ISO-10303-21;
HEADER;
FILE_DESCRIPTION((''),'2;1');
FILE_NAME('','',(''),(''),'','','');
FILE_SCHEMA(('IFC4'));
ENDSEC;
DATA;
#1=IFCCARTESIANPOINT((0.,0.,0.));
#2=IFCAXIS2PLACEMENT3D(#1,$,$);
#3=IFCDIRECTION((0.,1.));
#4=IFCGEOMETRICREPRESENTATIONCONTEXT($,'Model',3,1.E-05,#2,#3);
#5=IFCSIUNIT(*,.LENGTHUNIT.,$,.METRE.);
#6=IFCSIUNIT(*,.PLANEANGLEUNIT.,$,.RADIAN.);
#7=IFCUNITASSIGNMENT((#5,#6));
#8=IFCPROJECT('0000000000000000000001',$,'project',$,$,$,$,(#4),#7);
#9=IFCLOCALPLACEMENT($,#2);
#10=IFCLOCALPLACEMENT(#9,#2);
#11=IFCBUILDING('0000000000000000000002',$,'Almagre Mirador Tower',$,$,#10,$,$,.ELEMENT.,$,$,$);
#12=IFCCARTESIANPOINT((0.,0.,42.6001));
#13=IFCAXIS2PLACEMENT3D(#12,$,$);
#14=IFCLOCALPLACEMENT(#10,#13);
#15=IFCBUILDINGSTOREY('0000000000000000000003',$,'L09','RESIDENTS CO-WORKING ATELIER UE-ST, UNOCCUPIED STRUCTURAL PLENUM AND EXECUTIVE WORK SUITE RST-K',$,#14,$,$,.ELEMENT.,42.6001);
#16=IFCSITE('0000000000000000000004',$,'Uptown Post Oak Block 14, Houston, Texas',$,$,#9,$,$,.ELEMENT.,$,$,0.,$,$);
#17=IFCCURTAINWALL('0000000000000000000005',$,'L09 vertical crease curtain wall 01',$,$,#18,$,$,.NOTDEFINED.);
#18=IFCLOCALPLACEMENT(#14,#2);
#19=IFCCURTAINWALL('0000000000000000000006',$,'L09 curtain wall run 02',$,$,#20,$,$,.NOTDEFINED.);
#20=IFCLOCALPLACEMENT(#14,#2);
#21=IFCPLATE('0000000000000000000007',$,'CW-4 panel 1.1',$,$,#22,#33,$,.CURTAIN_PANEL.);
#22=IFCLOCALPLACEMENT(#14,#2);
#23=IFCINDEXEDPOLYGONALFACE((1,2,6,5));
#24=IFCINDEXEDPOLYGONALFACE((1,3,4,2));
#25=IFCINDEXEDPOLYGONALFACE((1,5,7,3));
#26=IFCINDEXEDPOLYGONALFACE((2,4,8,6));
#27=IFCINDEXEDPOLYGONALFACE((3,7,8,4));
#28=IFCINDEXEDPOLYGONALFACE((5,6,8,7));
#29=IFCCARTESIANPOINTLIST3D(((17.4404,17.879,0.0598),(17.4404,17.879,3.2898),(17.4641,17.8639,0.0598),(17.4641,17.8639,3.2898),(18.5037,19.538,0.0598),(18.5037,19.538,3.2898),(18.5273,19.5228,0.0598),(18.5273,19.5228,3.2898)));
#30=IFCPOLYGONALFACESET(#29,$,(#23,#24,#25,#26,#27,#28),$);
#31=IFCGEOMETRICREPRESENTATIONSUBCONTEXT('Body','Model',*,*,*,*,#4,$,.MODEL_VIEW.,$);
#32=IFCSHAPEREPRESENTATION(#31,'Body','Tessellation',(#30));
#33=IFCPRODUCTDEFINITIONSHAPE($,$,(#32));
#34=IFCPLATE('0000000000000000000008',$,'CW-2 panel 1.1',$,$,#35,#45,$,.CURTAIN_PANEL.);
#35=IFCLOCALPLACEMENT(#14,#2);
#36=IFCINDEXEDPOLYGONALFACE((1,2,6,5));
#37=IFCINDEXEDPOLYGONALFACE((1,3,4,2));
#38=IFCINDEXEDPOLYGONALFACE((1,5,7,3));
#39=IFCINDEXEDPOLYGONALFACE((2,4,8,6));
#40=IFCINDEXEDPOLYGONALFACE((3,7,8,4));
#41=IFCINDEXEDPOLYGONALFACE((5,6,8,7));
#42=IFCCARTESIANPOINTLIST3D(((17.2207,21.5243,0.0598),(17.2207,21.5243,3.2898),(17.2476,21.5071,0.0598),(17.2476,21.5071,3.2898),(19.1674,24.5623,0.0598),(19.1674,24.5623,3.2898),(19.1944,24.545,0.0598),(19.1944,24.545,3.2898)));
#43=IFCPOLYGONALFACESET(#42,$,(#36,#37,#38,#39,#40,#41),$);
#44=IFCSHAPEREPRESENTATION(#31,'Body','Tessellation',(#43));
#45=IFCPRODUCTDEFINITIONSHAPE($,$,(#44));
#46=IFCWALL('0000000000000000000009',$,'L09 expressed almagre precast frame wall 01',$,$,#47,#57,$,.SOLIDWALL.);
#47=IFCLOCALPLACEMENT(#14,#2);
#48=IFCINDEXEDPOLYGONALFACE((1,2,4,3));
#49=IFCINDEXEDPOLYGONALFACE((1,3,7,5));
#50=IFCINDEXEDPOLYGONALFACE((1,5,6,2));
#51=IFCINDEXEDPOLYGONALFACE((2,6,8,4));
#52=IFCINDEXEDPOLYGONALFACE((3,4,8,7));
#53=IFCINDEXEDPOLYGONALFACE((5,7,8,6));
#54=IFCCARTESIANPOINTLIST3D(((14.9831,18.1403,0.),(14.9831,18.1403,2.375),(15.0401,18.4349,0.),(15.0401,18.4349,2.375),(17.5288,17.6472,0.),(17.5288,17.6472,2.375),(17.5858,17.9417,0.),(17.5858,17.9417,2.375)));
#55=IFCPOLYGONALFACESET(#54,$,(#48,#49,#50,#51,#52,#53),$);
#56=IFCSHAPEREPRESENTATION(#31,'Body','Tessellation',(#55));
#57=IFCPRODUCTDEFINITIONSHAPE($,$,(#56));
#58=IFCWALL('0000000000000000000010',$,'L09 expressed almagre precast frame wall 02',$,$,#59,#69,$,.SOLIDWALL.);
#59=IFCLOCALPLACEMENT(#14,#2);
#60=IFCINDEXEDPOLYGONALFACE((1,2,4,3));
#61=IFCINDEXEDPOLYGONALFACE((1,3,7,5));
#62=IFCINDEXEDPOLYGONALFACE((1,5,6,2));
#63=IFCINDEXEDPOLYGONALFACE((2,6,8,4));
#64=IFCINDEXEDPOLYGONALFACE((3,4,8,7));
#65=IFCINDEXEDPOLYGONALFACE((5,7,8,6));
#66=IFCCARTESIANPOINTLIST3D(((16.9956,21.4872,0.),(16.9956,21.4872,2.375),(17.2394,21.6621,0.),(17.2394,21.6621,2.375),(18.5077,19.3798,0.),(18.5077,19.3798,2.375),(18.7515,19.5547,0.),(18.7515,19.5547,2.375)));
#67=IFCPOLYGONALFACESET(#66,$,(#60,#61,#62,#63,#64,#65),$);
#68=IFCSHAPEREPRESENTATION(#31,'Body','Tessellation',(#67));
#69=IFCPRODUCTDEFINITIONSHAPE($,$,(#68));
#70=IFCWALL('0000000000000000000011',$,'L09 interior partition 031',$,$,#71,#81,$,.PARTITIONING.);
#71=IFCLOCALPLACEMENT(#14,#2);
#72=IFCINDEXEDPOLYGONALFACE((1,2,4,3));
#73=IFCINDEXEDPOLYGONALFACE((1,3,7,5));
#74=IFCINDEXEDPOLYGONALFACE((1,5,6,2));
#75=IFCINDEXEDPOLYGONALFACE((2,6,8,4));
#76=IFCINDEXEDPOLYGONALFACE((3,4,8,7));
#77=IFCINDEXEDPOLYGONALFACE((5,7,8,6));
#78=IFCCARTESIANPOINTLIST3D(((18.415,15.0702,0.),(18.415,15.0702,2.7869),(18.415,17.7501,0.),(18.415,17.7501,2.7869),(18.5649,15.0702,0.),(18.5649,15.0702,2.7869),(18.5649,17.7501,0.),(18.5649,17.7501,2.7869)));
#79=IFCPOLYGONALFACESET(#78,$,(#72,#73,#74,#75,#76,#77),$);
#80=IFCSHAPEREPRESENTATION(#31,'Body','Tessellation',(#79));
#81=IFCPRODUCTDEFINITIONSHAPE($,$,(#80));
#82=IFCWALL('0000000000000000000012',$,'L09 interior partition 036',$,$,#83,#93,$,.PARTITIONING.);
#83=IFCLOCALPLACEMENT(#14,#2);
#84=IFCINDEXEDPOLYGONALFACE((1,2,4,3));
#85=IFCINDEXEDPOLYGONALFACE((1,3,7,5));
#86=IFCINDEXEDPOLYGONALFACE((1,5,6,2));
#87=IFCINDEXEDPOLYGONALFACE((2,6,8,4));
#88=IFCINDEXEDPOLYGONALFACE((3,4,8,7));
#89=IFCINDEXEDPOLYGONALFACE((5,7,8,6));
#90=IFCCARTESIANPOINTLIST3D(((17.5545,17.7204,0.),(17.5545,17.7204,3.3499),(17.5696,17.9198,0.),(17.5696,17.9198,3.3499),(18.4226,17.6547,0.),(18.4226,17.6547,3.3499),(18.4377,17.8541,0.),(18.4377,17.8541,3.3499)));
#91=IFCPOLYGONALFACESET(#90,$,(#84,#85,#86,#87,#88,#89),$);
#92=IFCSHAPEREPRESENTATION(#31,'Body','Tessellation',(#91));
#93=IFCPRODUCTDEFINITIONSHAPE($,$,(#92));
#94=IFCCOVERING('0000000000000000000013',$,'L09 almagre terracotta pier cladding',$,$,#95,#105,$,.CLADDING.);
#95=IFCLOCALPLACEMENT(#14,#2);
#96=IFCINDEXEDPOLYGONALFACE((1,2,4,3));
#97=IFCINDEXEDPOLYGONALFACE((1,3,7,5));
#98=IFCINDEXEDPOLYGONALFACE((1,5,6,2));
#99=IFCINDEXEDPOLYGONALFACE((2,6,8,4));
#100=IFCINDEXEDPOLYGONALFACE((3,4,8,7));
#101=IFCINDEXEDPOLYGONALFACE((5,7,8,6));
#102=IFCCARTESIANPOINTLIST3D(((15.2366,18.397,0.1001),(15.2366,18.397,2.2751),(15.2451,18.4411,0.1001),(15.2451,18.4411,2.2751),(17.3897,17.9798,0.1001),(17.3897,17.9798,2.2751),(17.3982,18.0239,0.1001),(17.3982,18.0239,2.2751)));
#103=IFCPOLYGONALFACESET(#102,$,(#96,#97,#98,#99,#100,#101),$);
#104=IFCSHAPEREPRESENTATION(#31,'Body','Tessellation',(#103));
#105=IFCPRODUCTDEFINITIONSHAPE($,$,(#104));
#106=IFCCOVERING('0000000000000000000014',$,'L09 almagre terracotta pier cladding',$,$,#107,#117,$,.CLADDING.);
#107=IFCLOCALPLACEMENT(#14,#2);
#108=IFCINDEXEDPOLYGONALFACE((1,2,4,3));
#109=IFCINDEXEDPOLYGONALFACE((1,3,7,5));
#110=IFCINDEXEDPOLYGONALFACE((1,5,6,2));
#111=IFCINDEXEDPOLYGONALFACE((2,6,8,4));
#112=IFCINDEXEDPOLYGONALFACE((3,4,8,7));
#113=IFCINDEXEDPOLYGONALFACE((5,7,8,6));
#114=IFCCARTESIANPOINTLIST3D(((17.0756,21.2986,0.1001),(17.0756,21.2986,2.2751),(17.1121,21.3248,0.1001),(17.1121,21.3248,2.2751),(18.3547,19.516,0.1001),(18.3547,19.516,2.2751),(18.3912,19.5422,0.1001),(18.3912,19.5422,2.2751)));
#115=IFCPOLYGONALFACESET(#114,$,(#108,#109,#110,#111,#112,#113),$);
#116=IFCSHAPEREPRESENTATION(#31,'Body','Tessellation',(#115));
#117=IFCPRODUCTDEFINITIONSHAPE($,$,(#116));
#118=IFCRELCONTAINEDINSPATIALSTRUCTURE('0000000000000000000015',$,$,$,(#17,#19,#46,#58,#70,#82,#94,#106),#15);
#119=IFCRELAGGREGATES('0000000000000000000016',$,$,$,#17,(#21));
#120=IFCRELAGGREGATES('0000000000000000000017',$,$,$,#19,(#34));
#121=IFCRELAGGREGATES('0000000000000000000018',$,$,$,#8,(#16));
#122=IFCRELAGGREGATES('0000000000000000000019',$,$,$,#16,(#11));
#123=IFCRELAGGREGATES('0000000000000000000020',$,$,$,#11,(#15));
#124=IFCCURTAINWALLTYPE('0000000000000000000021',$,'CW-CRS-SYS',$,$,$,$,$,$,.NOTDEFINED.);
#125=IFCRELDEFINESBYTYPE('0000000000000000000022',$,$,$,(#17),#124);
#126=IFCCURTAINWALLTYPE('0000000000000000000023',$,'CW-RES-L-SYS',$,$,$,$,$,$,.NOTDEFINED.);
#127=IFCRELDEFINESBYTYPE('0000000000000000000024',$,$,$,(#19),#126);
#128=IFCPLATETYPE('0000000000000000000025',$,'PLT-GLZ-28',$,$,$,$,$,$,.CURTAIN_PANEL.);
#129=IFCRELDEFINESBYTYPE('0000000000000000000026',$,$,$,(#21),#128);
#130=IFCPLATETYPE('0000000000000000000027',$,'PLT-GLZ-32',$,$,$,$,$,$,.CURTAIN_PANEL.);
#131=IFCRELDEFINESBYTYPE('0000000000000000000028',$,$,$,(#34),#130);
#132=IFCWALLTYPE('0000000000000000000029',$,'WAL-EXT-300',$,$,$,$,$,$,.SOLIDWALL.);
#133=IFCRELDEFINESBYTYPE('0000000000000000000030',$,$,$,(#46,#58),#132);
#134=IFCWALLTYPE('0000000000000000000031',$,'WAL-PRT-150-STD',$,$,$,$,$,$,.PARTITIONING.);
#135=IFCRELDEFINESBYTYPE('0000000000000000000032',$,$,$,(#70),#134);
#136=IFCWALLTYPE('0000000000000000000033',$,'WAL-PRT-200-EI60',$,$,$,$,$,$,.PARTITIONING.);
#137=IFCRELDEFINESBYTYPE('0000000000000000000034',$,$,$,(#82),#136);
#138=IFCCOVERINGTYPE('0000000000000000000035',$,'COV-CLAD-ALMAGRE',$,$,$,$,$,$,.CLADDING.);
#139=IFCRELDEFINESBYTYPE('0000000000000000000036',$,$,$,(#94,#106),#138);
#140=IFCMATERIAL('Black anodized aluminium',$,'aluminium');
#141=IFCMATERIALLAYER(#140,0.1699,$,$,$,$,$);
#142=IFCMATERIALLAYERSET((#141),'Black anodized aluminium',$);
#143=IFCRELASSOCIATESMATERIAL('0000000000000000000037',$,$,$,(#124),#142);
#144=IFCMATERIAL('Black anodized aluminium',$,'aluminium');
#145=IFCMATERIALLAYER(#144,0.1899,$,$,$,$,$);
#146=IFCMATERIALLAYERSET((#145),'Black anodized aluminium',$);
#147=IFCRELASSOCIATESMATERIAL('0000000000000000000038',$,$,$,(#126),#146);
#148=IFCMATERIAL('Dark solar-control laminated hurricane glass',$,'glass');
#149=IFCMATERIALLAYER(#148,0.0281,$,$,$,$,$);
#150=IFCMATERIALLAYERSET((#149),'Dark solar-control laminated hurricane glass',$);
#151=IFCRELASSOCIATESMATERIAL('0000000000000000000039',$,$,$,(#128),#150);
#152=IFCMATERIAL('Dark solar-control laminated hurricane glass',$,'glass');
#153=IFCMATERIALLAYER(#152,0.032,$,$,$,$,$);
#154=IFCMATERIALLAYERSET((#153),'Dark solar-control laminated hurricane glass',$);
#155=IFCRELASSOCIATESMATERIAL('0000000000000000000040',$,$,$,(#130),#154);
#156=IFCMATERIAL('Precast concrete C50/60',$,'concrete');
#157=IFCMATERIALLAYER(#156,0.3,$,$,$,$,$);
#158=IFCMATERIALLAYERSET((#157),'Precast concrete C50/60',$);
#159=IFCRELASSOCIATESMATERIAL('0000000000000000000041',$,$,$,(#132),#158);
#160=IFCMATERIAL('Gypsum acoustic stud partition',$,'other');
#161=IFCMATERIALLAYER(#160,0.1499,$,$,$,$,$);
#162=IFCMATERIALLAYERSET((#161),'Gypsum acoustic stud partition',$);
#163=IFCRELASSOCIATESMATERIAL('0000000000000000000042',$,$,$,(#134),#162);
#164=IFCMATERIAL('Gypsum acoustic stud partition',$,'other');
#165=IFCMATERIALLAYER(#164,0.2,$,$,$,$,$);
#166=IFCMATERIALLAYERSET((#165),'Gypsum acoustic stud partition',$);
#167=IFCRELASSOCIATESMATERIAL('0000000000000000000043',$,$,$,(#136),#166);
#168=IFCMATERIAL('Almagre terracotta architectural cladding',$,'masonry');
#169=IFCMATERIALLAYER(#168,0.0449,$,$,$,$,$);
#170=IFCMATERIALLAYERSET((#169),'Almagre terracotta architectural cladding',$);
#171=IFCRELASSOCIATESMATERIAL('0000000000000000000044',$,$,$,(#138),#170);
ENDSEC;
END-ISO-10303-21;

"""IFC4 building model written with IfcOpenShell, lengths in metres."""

from ifc_helpers import new_model, si_unit, direction, frame, frame_2d, origin, origin_2d, place, context, subcontext, project, spatial, rectangle, extrude, material, layer, layer_set, type_object, element, aggregate, save


model = new_model("IFC4")

# Units and contexts
model_context = context("Model", 3, precision=1e-05, world=origin(), true_north=direction((0.0, 1.0)))
body_context = subcontext(model_context, "Body", "Model", "MODEL_VIEW")
ifc_project = project(units=[si_unit("LENGTHUNIT", "METRE"), si_unit("PLANEANGLEUNIT", "RADIAN")], contexts=[model_context])

# Site, building, storey
site_placement = place(None, origin())
site = spatial("IfcSite", under=ifc_project, at=site_placement, Name="Uptown Post Oak Block 14, Houston, Texas", CompositionType="ELEMENT", RefElevation=0.0)
building_placement = place(site_placement, origin())
building = spatial("IfcBuilding", under=site, at=building_placement, Name="Almagre Mirador Tower", CompositionType="ELEMENT")
storey_placement = place(building_placement, frame((0.0, 0.0, 42.6001)))
storey = spatial("IfcBuildingStorey", under=building, at=storey_placement, Name="L09", Description="RESIDENTS CO-WORKING ATELIER UE-ST, UNOCCUPIED STRUCTURAL PLENUM AND EXECUTIVE WORK SUITE RST-K", CompositionType="ELEMENT", Elevation=42.6001)

# Curtain wall
ifc_material_1 = material(Name="Black anodized aluminium", Category="aluminium")
ifc_layer_1 = layer(ifc_material_1, 0.1699)
ifc_layer_set_1 = layer_set([ifc_layer_1], Name="Black anodized aluminium")
curtain_wall_type_1 = type_object("IfcCurtainWallType", Name="CW-CRS-SYS", PredefinedType="NOTDEFINED", material=ifc_layer_set_1)
curtain_wall_1_placement = place(storey_placement, origin())
curtain_wall_1 = element("IfcCurtainWall", 1, at=curtain_wall_1_placement, inside=storey, type_object=curtain_wall_type_1, Name="L09 vertical crease curtain wall 01", PredefinedType="NOTDEFINED")

# Curtain wall
ifc_material_2 = material(Name="Black anodized aluminium", Category="aluminium")
ifc_layer_2 = layer(ifc_material_2, 0.1899)
ifc_layer_set_2 = layer_set([ifc_layer_2], Name="Black anodized aluminium")
curtain_wall_type_2 = type_object("IfcCurtainWallType", Name="CW-RES-L-SYS", PredefinedType="NOTDEFINED", material=ifc_layer_set_2)
curtain_wall_2_placement = place(storey_placement, origin())
curtain_wall_2 = element("IfcCurtainWall", 2, at=curtain_wall_2_placement, inside=storey, type_object=curtain_wall_type_2, Name="L09 curtain wall run 02", PredefinedType="NOTDEFINED")

# Plates
ifc_material_3 = material(Name="Dark solar-control laminated hurricane glass", Category="glass")
ifc_layer_3 = layer(ifc_material_3, 0.0281)
ifc_layer_set_3 = layer_set([ifc_layer_3], Name="Dark solar-control laminated hurricane glass")
plate_type_1 = type_object("IfcPlateType", Name="PLT-GLZ-28", PredefinedType="CURTAIN_PANEL", material=ifc_layer_set_3)
plate_1_placement = place(storey_placement, frame((17.9839, 18.7009, 0.0598), z_axis=(0.0, 0.0, 1.0), x_axis=(0.539597, 0.841924, 0.0)))
plate_1 = element("IfcPlate", 3, at=plate_1_placement, type_object=plate_type_1, Name="CW-4 panel 1.1", PredefinedType="CURTAIN_PANEL", context=body_context, shape_type="SweptSolid", body=[
    extrude(rectangle(XDim=1.9705, YDim=0.0281, at=origin_2d()), origin(), (0.0, 0.0, 1.0), 3.23),
])
aggregate(curtain_wall_1, [plate_1])
ifc_material_4 = material(Name="Dark solar-control laminated hurricane glass", Category="glass")
ifc_layer_4 = layer(ifc_material_4, 0.032)
ifc_layer_set_4 = layer_set([ifc_layer_4], Name="Dark solar-control laminated hurricane glass")
plate_type_2 = type_object("IfcPlateType", Name="PLT-GLZ-32", PredefinedType="CURTAIN_PANEL", material=ifc_layer_set_4)
plate_2_placement = place(storey_placement, frame((18.2075, 23.0347, 0.0598), z_axis=(0.0, 0.0, 1.0), x_axis=(0.539539, 0.841961, 0.0)))
plate_2 = element("IfcPlate", 4, at=plate_2_placement, type_object=plate_type_2, Name="CW-2 panel 1.1", PredefinedType="CURTAIN_PANEL", context=body_context, shape_type="SweptSolid", body=[
    extrude(rectangle(XDim=3.6082, YDim=0.032, at=origin_2d()), origin(), (0.0, 0.0, 1.0), 3.23),
])
aggregate(curtain_wall_2, [plate_2])

# Walls
ifc_material_5 = material(Name="Precast concrete C50/60", Category="concrete")
ifc_layer_5 = layer(ifc_material_5, 0.3)
ifc_layer_set_5 = layer_set([ifc_layer_5], Name="Precast concrete C50/60")
wall_type_1 = type_object("IfcWallType", Name="WAL-EXT-300", PredefinedType="SOLIDWALL", material=ifc_layer_set_5)
wall_1_placement = place(storey_placement, frame((15.0117, 18.2876, 0.0), z_axis=(0.0, 0.0, 1.0), x_axis=(0.981747, -0.190192, 0.0)))
element("IfcWall", 5, at=wall_1_placement, inside=storey, type_object=wall_type_1, Name="L09 expressed almagre precast frame wall 01", PredefinedType="SOLIDWALL", context=body_context, shape_type="SweptSolid", body=[
    extrude(rectangle(XDim=2.593, YDim=0.3, at=frame_2d((1.2964, 0.0))), origin(), (0.0, 0.0, 1.0), 2.375),
])
wall_2_placement = place(storey_placement, frame((18.6296, 19.4673, 0.0), z_axis=(0.0, 0.0, 1.0), x_axis=(-0.583, 0.812472, 0.0)))
element("IfcWall", 6, at=wall_2_placement, inside=storey, type_object=wall_type_1, Name="L09 expressed almagre precast frame wall 02", PredefinedType="SOLIDWALL", context=body_context, shape_type="SweptSolid", body=[
    extrude(rectangle(XDim=2.5938, YDim=0.3, at=frame_2d((1.2969, 0.0))), origin(), (0.0, 0.0, 1.0), 2.375),
])
ifc_material_6 = material(Name="Gypsum acoustic stud partition", Category="other")
ifc_layer_6 = layer(ifc_material_6, 0.1499)
ifc_layer_set_6 = layer_set([ifc_layer_6], Name="Gypsum acoustic stud partition")
wall_type_2 = type_object("IfcWallType", Name="WAL-PRT-150-STD", PredefinedType="PARTITIONING", material=ifc_layer_set_6)
wall_3_placement = place(storey_placement, frame((18.49, 17.75, 0.0), z_axis=(0.0, 0.0, 1.0), x_axis=(0.0, -1.0, 0.0)))
element("IfcWall", 7, at=wall_3_placement, inside=storey, type_object=wall_type_2, Name="L09 interior partition 031", PredefinedType="PARTITIONING", context=body_context, shape_type="SweptSolid", body=[
    extrude(rectangle(XDim=2.6799, YDim=0.1499, at=frame_2d((1.3398, 0.0))), origin(), (0.0, 0.0, 1.0), 2.7869),
])
ifc_material_7 = material(Name="Gypsum acoustic stud partition", Category="other")
ifc_layer_7 = layer(ifc_material_7, 0.2)
ifc_layer_set_7 = layer_set([ifc_layer_7], Name="Gypsum acoustic stud partition")
wall_type_3 = type_object("IfcWallType", Name="WAL-PRT-200-EI60", PredefinedType="PARTITIONING", material=ifc_layer_set_7)
wall_4_placement = place(storey_placement, frame((18.4302, 17.7544, 0.0), z_axis=(0.0, 0.0, 1.0), x_axis=(-0.997151, 0.075431, 0.0)))
element("IfcWall", 8, at=wall_4_placement, inside=storey, type_object=wall_type_3, Name="L09 interior partition 036", PredefinedType="PARTITIONING", context=body_context, shape_type="SweptSolid", body=[
    extrude(rectangle(XDim=0.8706, YDim=0.2, at=frame_2d((0.4353, 0.0))), origin(), (0.0, 0.0, 1.0), 3.3499),
])

# Coverings
ifc_material_8 = material(Name="Almagre terracotta architectural cladding", Category="masonry")
ifc_layer_8 = layer(ifc_material_8, 0.0449)
ifc_layer_set_8 = layer_set([ifc_layer_8], Name="Almagre terracotta architectural cladding")
covering_type = type_object("IfcCoveringType", Name="COV-CLAD-ALMAGRE", PredefinedType="CLADDING", material=ifc_layer_set_8)
covering_1_placement = place(storey_placement, frame((16.3174, 18.2104, 0.1001), z_axis=(0.0, 0.0, 1.0), x_axis=(0.981747, -0.190192, 0.0)))
element("IfcCovering", 9, at=covering_1_placement, inside=storey, type_object=covering_type, Name="L09 almagre terracotta pier cladding", PredefinedType="CLADDING", context=body_context, shape_type="SweptSolid", body=[
    extrude(rectangle(XDim=2.1931, YDim=0.0449, at=origin_2d()), origin(), (0.0, 0.0, 1.0), 2.175),
])
covering_2_placement = place(storey_placement, frame((17.7334, 20.4204, 0.1001), z_axis=(0.0, 0.0, 1.0), x_axis=(-0.583002, 0.81247, 0.0)))
element("IfcCovering", 10, at=covering_2_placement, inside=storey, type_object=covering_type, Name="L09 almagre terracotta pier cladding", PredefinedType="CLADDING", context=body_context, shape_type="SweptSolid", body=[
    extrude(rectangle(XDim=2.1941, YDim=0.0449, at=origin_2d()), origin(), (0.0, 0.0, 1.0), 2.175),
])

save(model, "model.ifc")
